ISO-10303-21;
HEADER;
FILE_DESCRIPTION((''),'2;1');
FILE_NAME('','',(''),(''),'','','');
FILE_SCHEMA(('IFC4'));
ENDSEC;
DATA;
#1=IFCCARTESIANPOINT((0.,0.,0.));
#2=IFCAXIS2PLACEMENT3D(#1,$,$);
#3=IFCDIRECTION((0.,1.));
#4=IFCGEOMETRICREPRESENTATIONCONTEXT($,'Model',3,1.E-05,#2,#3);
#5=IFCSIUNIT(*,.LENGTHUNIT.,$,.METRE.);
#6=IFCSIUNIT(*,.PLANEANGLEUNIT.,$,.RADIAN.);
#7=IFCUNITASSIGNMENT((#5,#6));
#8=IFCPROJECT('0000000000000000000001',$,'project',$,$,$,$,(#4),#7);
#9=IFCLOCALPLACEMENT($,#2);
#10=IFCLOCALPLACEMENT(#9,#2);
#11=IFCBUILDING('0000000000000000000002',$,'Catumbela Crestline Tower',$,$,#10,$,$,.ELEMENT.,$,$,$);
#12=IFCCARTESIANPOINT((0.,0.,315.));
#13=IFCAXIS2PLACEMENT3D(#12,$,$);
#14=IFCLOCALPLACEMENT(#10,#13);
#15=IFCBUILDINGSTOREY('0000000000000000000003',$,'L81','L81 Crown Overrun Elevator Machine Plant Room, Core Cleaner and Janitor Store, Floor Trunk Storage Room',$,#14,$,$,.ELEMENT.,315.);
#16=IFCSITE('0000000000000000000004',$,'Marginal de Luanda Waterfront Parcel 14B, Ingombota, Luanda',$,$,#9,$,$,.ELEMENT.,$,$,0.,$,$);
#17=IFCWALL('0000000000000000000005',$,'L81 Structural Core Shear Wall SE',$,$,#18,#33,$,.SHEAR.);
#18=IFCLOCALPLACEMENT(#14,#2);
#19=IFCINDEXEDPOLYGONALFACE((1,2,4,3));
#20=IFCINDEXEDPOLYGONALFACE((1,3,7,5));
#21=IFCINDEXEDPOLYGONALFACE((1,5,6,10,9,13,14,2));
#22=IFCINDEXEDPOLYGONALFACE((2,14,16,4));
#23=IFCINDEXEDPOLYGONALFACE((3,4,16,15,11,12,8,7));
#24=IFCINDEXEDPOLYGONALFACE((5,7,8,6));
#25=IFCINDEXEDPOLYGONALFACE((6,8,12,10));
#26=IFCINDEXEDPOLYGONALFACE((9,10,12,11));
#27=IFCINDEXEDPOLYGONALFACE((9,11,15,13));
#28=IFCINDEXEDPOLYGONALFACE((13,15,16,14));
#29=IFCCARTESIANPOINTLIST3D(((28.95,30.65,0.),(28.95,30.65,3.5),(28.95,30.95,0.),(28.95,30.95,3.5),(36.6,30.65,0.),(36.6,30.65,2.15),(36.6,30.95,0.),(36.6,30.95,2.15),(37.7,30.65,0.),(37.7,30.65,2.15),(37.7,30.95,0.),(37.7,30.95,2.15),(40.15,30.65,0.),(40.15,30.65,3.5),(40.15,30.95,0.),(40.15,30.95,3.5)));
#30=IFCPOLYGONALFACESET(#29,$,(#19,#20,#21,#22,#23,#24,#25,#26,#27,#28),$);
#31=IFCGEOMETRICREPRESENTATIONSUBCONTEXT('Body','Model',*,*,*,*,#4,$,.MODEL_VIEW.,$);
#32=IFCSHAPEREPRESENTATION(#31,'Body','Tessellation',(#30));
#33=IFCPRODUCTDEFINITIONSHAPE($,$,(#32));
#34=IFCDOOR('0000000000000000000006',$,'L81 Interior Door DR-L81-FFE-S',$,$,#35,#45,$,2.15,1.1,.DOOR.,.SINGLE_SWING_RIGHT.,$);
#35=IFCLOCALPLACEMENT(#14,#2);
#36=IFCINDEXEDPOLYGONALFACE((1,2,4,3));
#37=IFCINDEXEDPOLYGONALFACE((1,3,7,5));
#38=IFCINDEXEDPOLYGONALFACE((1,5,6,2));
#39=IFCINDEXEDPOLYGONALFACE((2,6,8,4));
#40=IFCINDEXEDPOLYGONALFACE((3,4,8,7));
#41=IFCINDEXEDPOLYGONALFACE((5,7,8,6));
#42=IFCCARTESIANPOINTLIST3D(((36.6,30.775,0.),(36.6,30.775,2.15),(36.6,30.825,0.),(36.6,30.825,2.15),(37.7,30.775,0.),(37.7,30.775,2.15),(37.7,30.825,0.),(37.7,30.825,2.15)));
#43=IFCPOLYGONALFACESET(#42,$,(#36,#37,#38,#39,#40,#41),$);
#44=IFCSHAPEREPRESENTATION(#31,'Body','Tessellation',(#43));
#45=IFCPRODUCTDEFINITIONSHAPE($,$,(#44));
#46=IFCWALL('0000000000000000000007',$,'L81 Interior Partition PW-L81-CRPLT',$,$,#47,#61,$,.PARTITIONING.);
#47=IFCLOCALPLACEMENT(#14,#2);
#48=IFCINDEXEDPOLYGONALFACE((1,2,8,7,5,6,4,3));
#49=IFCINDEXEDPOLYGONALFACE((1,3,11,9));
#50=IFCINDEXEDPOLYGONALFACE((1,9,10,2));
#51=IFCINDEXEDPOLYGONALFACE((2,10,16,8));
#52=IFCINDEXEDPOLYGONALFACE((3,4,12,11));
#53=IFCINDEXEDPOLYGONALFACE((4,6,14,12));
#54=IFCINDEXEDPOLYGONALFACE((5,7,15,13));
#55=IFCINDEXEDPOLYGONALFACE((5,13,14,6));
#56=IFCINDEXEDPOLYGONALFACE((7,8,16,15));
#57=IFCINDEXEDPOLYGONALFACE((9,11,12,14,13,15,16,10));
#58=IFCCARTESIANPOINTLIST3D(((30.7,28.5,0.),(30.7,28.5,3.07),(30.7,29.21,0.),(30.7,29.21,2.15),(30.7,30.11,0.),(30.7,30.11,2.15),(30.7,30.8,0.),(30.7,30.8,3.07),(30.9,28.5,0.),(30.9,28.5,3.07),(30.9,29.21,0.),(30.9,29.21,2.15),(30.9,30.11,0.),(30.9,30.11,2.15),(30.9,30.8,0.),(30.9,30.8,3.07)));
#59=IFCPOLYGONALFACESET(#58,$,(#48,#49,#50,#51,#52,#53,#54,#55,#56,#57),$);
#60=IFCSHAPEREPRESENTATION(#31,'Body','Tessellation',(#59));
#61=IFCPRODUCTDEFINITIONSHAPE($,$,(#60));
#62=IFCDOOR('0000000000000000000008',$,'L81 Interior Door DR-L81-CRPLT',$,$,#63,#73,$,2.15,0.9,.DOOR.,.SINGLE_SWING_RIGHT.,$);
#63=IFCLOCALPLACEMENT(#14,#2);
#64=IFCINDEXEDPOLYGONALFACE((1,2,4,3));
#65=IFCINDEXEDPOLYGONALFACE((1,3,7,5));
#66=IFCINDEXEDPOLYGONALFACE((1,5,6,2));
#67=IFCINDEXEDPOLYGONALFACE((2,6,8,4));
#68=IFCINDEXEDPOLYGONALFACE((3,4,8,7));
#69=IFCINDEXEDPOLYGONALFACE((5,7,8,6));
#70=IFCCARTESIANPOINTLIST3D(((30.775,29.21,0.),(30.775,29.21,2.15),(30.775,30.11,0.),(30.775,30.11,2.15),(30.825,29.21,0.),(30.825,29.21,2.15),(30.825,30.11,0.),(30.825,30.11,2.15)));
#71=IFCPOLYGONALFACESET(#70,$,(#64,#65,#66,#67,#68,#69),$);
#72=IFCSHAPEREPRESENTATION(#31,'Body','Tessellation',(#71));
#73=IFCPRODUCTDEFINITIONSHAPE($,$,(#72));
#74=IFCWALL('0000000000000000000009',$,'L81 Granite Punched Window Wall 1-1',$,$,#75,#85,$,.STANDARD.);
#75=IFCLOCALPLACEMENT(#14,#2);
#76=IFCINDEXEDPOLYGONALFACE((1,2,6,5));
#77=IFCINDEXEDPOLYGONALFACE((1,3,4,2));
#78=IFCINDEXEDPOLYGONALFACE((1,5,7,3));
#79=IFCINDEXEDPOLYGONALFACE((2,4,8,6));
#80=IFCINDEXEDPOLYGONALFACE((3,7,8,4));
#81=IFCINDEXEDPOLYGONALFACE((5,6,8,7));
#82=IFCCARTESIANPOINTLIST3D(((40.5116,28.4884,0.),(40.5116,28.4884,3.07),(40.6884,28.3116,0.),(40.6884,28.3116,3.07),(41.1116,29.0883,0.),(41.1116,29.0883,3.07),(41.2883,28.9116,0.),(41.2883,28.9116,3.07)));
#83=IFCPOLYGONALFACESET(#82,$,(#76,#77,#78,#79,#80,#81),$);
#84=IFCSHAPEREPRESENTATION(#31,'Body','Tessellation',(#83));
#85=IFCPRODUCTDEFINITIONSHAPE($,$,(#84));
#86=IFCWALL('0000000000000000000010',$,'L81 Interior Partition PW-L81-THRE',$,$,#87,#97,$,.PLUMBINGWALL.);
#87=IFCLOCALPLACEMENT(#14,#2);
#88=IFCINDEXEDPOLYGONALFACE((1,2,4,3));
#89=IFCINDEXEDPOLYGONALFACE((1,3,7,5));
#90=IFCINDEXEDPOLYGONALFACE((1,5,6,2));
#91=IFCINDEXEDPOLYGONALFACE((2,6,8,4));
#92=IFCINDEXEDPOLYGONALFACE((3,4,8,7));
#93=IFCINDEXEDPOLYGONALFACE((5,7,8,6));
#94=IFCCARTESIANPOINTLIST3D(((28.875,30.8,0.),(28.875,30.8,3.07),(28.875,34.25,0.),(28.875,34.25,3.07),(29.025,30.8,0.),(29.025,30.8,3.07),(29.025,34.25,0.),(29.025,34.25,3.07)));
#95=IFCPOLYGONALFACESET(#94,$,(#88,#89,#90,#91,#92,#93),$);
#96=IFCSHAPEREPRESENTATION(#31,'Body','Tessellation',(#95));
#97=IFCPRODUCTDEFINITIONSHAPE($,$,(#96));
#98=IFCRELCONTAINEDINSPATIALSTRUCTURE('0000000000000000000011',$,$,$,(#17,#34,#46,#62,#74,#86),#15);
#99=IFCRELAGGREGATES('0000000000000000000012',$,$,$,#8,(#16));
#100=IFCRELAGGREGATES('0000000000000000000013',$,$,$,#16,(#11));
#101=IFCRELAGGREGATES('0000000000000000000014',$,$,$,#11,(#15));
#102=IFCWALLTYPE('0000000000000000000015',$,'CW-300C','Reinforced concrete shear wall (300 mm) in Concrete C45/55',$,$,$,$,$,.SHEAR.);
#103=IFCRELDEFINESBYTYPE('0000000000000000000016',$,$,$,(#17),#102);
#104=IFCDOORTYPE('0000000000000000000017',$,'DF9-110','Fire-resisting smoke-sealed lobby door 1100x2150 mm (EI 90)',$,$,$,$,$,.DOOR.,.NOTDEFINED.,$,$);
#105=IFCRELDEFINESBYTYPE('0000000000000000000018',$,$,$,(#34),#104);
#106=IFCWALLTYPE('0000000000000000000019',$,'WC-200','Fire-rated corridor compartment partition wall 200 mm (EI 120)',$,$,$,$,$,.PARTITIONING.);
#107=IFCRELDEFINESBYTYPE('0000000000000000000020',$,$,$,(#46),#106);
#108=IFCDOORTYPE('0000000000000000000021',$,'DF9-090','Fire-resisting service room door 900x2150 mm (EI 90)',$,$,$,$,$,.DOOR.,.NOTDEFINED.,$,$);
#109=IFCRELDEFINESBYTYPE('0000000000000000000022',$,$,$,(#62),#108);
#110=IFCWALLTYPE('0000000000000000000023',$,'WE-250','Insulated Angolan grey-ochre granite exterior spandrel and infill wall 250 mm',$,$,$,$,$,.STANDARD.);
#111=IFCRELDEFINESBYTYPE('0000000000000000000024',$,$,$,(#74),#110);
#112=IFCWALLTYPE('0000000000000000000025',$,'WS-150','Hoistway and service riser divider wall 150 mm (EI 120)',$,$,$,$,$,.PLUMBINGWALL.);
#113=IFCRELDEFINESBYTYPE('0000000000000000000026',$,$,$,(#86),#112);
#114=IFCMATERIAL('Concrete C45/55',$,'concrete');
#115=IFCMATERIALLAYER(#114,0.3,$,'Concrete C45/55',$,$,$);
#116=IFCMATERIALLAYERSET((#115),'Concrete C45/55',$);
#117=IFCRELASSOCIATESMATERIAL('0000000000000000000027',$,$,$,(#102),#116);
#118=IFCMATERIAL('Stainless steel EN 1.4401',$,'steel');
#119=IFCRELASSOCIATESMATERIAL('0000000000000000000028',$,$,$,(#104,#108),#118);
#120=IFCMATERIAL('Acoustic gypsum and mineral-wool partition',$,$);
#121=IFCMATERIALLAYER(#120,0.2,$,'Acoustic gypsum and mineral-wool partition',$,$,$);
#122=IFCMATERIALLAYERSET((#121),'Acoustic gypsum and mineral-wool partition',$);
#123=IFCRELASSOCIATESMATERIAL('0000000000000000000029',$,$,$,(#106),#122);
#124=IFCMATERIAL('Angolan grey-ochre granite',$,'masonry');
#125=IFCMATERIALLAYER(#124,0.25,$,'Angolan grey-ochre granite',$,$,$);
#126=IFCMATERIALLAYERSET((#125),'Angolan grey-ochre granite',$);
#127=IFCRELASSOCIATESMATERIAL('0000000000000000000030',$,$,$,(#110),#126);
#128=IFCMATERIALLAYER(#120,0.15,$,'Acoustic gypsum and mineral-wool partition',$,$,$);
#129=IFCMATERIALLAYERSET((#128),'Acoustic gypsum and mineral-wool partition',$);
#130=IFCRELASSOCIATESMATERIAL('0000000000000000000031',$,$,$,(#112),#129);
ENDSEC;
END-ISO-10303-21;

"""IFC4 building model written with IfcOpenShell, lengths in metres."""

from ifc_helpers import new_model, si_unit, direction, frame, frame_2d, origin, place, context, subcontext, project, spatial, rectangle, extrude, material, layer, layer_set, type_object, element, fill, save


model = new_model("IFC4")

# Units and contexts
model_context = context("Model", 3, precision=1e-05, world=origin(), true_north=direction((0.0, 1.0)))
body_context = subcontext(model_context, "Body", "Model", "MODEL_VIEW")
ifc_project = project(units=[si_unit("LENGTHUNIT", "METRE"), si_unit("PLANEANGLEUNIT", "RADIAN")], contexts=[model_context])

# Site, building, storey
site_placement = place(None, origin())
site = spatial("IfcSite", under=ifc_project, at=site_placement, Name="Marginal de Luanda Waterfront Parcel 14B, Ingombota, Luanda", CompositionType="ELEMENT", RefElevation=0.0)
building_placement = place(site_placement, origin())
building = spatial("IfcBuilding", under=site, at=building_placement, Name="Catumbela Crestline Tower", CompositionType="ELEMENT")
storey_placement = place(building_placement, frame((0.0, 0.0, 315.0)))
storey = spatial("IfcBuildingStorey", under=building, at=storey_placement, Name="L81", Description="L81 Crown Overrun Elevator Machine Plant Room, Core Cleaner and Janitor Store, Floor Trunk Storage Room", CompositionType="ELEMENT", Elevation=315.0)

# Shared definitions
ifc_material_1 = material(Name="Concrete C45/55", Category="concrete")
ifc_layer_1 = layer(ifc_material_1, 0.3, Name="Concrete C45/55")
ifc_layer_set_1 = layer_set([ifc_layer_1], Name="Concrete C45/55")
wall_type_1 = type_object("IfcWallType", Name="CW-300C", Description="Reinforced concrete shear wall (300 mm) in Concrete C45/55", PredefinedType="SHEAR", material=ifc_layer_set_1)

# Walls, openings, doors
wall_1_placement = place(storey_placement, frame((28.95, 30.8, 0.0), z_axis=(0.0, 0.0, 1.0), x_axis=(1.0, 0.0, 0.0)))
wall_1 = element("IfcWall", 1, at=wall_1_placement, inside=storey, type_object=wall_type_1, Name="L81 Structural Core Shear Wall SE", PredefinedType="SHEAR", context=body_context, shape_type="SweptSolid", body=[
    extrude(rectangle(XDim=11.2, YDim=0.3, at=frame_2d((5.6, 0.0))), origin(), (0.0, 0.0, 1.0), 3.5),
])
opening_1_placement = place(wall_1_placement, frame((7.65, 0.0, 0.0)))
opening_1 = element("IfcOpeningElement", 2, at=opening_1_placement, cuts=wall_1, PredefinedType="OPENING", context=body_context, shape_type="SweptSolid", body=[
    extrude(rectangle(XDim=1.1, YDim=2.15, at=frame_2d((0.55, 1.075))), frame((0.0, 0.16, 0.0), z_axis=(0.0, -1.0, 0.0), x_axis=(1.0, 0.0, 0.0)), (0.0, 0.0, 1.0), 0.32),
])
ifc_material_2 = material(Name="Stainless steel EN 1.4401", Category="steel")
door_type_1 = type_object("IfcDoorType", Name="DF9-110", Description="Fire-resisting smoke-sealed lobby door 1100x2150 mm (EI 90)", OperationType="NOTDEFINED", PredefinedType="DOOR", material=ifc_material_2)
door_1_placement = place(opening_1_placement, origin())
door_1 = element("IfcDoor", 3, at=door_1_placement, inside=storey, type_object=door_type_1, Name="L81 Interior Door DR-L81-FFE-S", OperationType="SINGLE_SWING_RIGHT", OverallHeight=2.15, OverallWidth=1.1, PredefinedType="DOOR", context=body_context, shape_type="SweptSolid", body=[
    extrude(rectangle(XDim=1.1, YDim=2.15, at=frame_2d((0.55, 1.075))), frame((0.0, 0.025, 0.0), z_axis=(0.0, -1.0, 0.0), x_axis=(1.0, 0.0, 0.0)), (0.0, 0.0, 1.0), 0.05),
])
fill(opening_1, door_1)
ifc_material_3 = material(Name="Acoustic gypsum and mineral-wool partition")
ifc_layer_2 = layer(ifc_material_3, 0.2, Name="Acoustic gypsum and mineral-wool partition")
ifc_layer_set_2 = layer_set([ifc_layer_2], Name="Acoustic gypsum and mineral-wool partition")
wall_type_2 = type_object("IfcWallType", Name="WC-200", Description="Fire-rated corridor compartment partition wall 200 mm (EI 120)", PredefinedType="PARTITIONING", material=ifc_layer_set_2)
wall_2_placement = place(storey_placement, frame((30.8, 28.5, 0.0), z_axis=(0.0, 0.0, 1.0), x_axis=(0.0, 1.0, 0.0)))
wall_2 = element("IfcWall", 4, at=wall_2_placement, inside=storey, type_object=wall_type_2, Name="L81 Interior Partition PW-L81-CRPLT", PredefinedType="PARTITIONING", context=body_context, shape_type="SweptSolid", body=[
    extrude(rectangle(XDim=2.3, YDim=0.2, at=frame_2d((1.15, 0.0))), origin(), (0.0, 0.0, 1.0), 3.07),
])
opening_2_placement = place(wall_2_placement, frame((0.71, 0.0, 0.0)))
opening_2 = element("IfcOpeningElement", 5, at=opening_2_placement, cuts=wall_2, PredefinedType="OPENING", context=body_context, shape_type="SweptSolid", body=[
    extrude(rectangle(XDim=0.9, YDim=2.15, at=frame_2d((0.45, 1.075))), frame((0.0, 0.11, 0.0), z_axis=(0.0, -1.0, 0.0), x_axis=(1.0, 0.0, 0.0)), (0.0, 0.0, 1.0), 0.22),
])
door_type_2 = type_object("IfcDoorType", Name="DF9-090", Description="Fire-resisting service room door 900x2150 mm (EI 90)", OperationType="NOTDEFINED", PredefinedType="DOOR", material=ifc_material_2)
door_2_placement = place(opening_2_placement, origin())
door_2 = element("IfcDoor", 6, at=door_2_placement, inside=storey, type_object=door_type_2, Name="L81 Interior Door DR-L81-CRPLT", OperationType="SINGLE_SWING_RIGHT", OverallHeight=2.15, OverallWidth=0.9, PredefinedType="DOOR", context=body_context, shape_type="SweptSolid", body=[
    extrude(rectangle(XDim=0.9, YDim=2.15, at=frame_2d((0.45, 1.075))), frame((0.0, 0.025, 0.0), z_axis=(0.0, -1.0, 0.0), x_axis=(1.0, 0.0, 0.0)), (0.0, 0.0, 1.0), 0.05),
])
fill(opening_2, door_2)

# Walls
ifc_material_4 = material(Name="Angolan grey-ochre granite", Category="masonry")
ifc_layer_3 = layer(ifc_material_4, 0.25, Name="Angolan grey-ochre granite")
ifc_layer_set_3 = layer_set([ifc_layer_3], Name="Angolan grey-ochre granite")
wall_type_3 = type_object("IfcWallType", Name="WE-250", Description="Insulated Angolan grey-ochre granite exterior spandrel and infill wall 250 mm", PredefinedType="STANDARD", material=ifc_layer_set_3)
wall_3_placement = place(storey_placement, frame((40.6, 28.4, 0.0), z_axis=(0.0, 0.0, 1.0), x_axis=(0.707107, 0.707107, 0.0)))
element("IfcWall", 7, at=wall_3_placement, inside=storey, type_object=wall_type_3, Name="L81 Granite Punched Window Wall 1-1", PredefinedType="STANDARD", context=body_context, shape_type="SweptSolid", body=[
    extrude(rectangle(XDim=0.8485, YDim=0.25, at=frame_2d((0.4242, 0.0))), origin(), (0.0, 0.0, 1.0), 3.07),
])
ifc_layer_4 = layer(ifc_material_3, 0.15, Name="Acoustic gypsum and mineral-wool partition")
ifc_layer_set_4 = layer_set([ifc_layer_4], Name="Acoustic gypsum and mineral-wool partition")
wall_type_4 = type_object("IfcWallType", Name="WS-150", Description="Hoistway and service riser divider wall 150 mm (EI 120)", PredefinedType="PLUMBINGWALL", material=ifc_layer_set_4)
wall_4_placement = place(storey_placement, frame((28.95, 30.8, 0.0), z_axis=(0.0, 0.0, 1.0), x_axis=(0.0, 1.0, 0.0)))
element("IfcWall", 8, at=wall_4_placement, inside=storey, type_object=wall_type_4, Name="L81 Interior Partition PW-L81-THRE", PredefinedType="PLUMBINGWALL", context=body_context, shape_type="SweptSolid", body=[
    extrude(rectangle(XDim=3.45, YDim=0.15, at=frame_2d((1.725, 0.0))), origin(), (0.0, 0.0, 1.0), 3.07),
])

save(model, "model.ifc")
